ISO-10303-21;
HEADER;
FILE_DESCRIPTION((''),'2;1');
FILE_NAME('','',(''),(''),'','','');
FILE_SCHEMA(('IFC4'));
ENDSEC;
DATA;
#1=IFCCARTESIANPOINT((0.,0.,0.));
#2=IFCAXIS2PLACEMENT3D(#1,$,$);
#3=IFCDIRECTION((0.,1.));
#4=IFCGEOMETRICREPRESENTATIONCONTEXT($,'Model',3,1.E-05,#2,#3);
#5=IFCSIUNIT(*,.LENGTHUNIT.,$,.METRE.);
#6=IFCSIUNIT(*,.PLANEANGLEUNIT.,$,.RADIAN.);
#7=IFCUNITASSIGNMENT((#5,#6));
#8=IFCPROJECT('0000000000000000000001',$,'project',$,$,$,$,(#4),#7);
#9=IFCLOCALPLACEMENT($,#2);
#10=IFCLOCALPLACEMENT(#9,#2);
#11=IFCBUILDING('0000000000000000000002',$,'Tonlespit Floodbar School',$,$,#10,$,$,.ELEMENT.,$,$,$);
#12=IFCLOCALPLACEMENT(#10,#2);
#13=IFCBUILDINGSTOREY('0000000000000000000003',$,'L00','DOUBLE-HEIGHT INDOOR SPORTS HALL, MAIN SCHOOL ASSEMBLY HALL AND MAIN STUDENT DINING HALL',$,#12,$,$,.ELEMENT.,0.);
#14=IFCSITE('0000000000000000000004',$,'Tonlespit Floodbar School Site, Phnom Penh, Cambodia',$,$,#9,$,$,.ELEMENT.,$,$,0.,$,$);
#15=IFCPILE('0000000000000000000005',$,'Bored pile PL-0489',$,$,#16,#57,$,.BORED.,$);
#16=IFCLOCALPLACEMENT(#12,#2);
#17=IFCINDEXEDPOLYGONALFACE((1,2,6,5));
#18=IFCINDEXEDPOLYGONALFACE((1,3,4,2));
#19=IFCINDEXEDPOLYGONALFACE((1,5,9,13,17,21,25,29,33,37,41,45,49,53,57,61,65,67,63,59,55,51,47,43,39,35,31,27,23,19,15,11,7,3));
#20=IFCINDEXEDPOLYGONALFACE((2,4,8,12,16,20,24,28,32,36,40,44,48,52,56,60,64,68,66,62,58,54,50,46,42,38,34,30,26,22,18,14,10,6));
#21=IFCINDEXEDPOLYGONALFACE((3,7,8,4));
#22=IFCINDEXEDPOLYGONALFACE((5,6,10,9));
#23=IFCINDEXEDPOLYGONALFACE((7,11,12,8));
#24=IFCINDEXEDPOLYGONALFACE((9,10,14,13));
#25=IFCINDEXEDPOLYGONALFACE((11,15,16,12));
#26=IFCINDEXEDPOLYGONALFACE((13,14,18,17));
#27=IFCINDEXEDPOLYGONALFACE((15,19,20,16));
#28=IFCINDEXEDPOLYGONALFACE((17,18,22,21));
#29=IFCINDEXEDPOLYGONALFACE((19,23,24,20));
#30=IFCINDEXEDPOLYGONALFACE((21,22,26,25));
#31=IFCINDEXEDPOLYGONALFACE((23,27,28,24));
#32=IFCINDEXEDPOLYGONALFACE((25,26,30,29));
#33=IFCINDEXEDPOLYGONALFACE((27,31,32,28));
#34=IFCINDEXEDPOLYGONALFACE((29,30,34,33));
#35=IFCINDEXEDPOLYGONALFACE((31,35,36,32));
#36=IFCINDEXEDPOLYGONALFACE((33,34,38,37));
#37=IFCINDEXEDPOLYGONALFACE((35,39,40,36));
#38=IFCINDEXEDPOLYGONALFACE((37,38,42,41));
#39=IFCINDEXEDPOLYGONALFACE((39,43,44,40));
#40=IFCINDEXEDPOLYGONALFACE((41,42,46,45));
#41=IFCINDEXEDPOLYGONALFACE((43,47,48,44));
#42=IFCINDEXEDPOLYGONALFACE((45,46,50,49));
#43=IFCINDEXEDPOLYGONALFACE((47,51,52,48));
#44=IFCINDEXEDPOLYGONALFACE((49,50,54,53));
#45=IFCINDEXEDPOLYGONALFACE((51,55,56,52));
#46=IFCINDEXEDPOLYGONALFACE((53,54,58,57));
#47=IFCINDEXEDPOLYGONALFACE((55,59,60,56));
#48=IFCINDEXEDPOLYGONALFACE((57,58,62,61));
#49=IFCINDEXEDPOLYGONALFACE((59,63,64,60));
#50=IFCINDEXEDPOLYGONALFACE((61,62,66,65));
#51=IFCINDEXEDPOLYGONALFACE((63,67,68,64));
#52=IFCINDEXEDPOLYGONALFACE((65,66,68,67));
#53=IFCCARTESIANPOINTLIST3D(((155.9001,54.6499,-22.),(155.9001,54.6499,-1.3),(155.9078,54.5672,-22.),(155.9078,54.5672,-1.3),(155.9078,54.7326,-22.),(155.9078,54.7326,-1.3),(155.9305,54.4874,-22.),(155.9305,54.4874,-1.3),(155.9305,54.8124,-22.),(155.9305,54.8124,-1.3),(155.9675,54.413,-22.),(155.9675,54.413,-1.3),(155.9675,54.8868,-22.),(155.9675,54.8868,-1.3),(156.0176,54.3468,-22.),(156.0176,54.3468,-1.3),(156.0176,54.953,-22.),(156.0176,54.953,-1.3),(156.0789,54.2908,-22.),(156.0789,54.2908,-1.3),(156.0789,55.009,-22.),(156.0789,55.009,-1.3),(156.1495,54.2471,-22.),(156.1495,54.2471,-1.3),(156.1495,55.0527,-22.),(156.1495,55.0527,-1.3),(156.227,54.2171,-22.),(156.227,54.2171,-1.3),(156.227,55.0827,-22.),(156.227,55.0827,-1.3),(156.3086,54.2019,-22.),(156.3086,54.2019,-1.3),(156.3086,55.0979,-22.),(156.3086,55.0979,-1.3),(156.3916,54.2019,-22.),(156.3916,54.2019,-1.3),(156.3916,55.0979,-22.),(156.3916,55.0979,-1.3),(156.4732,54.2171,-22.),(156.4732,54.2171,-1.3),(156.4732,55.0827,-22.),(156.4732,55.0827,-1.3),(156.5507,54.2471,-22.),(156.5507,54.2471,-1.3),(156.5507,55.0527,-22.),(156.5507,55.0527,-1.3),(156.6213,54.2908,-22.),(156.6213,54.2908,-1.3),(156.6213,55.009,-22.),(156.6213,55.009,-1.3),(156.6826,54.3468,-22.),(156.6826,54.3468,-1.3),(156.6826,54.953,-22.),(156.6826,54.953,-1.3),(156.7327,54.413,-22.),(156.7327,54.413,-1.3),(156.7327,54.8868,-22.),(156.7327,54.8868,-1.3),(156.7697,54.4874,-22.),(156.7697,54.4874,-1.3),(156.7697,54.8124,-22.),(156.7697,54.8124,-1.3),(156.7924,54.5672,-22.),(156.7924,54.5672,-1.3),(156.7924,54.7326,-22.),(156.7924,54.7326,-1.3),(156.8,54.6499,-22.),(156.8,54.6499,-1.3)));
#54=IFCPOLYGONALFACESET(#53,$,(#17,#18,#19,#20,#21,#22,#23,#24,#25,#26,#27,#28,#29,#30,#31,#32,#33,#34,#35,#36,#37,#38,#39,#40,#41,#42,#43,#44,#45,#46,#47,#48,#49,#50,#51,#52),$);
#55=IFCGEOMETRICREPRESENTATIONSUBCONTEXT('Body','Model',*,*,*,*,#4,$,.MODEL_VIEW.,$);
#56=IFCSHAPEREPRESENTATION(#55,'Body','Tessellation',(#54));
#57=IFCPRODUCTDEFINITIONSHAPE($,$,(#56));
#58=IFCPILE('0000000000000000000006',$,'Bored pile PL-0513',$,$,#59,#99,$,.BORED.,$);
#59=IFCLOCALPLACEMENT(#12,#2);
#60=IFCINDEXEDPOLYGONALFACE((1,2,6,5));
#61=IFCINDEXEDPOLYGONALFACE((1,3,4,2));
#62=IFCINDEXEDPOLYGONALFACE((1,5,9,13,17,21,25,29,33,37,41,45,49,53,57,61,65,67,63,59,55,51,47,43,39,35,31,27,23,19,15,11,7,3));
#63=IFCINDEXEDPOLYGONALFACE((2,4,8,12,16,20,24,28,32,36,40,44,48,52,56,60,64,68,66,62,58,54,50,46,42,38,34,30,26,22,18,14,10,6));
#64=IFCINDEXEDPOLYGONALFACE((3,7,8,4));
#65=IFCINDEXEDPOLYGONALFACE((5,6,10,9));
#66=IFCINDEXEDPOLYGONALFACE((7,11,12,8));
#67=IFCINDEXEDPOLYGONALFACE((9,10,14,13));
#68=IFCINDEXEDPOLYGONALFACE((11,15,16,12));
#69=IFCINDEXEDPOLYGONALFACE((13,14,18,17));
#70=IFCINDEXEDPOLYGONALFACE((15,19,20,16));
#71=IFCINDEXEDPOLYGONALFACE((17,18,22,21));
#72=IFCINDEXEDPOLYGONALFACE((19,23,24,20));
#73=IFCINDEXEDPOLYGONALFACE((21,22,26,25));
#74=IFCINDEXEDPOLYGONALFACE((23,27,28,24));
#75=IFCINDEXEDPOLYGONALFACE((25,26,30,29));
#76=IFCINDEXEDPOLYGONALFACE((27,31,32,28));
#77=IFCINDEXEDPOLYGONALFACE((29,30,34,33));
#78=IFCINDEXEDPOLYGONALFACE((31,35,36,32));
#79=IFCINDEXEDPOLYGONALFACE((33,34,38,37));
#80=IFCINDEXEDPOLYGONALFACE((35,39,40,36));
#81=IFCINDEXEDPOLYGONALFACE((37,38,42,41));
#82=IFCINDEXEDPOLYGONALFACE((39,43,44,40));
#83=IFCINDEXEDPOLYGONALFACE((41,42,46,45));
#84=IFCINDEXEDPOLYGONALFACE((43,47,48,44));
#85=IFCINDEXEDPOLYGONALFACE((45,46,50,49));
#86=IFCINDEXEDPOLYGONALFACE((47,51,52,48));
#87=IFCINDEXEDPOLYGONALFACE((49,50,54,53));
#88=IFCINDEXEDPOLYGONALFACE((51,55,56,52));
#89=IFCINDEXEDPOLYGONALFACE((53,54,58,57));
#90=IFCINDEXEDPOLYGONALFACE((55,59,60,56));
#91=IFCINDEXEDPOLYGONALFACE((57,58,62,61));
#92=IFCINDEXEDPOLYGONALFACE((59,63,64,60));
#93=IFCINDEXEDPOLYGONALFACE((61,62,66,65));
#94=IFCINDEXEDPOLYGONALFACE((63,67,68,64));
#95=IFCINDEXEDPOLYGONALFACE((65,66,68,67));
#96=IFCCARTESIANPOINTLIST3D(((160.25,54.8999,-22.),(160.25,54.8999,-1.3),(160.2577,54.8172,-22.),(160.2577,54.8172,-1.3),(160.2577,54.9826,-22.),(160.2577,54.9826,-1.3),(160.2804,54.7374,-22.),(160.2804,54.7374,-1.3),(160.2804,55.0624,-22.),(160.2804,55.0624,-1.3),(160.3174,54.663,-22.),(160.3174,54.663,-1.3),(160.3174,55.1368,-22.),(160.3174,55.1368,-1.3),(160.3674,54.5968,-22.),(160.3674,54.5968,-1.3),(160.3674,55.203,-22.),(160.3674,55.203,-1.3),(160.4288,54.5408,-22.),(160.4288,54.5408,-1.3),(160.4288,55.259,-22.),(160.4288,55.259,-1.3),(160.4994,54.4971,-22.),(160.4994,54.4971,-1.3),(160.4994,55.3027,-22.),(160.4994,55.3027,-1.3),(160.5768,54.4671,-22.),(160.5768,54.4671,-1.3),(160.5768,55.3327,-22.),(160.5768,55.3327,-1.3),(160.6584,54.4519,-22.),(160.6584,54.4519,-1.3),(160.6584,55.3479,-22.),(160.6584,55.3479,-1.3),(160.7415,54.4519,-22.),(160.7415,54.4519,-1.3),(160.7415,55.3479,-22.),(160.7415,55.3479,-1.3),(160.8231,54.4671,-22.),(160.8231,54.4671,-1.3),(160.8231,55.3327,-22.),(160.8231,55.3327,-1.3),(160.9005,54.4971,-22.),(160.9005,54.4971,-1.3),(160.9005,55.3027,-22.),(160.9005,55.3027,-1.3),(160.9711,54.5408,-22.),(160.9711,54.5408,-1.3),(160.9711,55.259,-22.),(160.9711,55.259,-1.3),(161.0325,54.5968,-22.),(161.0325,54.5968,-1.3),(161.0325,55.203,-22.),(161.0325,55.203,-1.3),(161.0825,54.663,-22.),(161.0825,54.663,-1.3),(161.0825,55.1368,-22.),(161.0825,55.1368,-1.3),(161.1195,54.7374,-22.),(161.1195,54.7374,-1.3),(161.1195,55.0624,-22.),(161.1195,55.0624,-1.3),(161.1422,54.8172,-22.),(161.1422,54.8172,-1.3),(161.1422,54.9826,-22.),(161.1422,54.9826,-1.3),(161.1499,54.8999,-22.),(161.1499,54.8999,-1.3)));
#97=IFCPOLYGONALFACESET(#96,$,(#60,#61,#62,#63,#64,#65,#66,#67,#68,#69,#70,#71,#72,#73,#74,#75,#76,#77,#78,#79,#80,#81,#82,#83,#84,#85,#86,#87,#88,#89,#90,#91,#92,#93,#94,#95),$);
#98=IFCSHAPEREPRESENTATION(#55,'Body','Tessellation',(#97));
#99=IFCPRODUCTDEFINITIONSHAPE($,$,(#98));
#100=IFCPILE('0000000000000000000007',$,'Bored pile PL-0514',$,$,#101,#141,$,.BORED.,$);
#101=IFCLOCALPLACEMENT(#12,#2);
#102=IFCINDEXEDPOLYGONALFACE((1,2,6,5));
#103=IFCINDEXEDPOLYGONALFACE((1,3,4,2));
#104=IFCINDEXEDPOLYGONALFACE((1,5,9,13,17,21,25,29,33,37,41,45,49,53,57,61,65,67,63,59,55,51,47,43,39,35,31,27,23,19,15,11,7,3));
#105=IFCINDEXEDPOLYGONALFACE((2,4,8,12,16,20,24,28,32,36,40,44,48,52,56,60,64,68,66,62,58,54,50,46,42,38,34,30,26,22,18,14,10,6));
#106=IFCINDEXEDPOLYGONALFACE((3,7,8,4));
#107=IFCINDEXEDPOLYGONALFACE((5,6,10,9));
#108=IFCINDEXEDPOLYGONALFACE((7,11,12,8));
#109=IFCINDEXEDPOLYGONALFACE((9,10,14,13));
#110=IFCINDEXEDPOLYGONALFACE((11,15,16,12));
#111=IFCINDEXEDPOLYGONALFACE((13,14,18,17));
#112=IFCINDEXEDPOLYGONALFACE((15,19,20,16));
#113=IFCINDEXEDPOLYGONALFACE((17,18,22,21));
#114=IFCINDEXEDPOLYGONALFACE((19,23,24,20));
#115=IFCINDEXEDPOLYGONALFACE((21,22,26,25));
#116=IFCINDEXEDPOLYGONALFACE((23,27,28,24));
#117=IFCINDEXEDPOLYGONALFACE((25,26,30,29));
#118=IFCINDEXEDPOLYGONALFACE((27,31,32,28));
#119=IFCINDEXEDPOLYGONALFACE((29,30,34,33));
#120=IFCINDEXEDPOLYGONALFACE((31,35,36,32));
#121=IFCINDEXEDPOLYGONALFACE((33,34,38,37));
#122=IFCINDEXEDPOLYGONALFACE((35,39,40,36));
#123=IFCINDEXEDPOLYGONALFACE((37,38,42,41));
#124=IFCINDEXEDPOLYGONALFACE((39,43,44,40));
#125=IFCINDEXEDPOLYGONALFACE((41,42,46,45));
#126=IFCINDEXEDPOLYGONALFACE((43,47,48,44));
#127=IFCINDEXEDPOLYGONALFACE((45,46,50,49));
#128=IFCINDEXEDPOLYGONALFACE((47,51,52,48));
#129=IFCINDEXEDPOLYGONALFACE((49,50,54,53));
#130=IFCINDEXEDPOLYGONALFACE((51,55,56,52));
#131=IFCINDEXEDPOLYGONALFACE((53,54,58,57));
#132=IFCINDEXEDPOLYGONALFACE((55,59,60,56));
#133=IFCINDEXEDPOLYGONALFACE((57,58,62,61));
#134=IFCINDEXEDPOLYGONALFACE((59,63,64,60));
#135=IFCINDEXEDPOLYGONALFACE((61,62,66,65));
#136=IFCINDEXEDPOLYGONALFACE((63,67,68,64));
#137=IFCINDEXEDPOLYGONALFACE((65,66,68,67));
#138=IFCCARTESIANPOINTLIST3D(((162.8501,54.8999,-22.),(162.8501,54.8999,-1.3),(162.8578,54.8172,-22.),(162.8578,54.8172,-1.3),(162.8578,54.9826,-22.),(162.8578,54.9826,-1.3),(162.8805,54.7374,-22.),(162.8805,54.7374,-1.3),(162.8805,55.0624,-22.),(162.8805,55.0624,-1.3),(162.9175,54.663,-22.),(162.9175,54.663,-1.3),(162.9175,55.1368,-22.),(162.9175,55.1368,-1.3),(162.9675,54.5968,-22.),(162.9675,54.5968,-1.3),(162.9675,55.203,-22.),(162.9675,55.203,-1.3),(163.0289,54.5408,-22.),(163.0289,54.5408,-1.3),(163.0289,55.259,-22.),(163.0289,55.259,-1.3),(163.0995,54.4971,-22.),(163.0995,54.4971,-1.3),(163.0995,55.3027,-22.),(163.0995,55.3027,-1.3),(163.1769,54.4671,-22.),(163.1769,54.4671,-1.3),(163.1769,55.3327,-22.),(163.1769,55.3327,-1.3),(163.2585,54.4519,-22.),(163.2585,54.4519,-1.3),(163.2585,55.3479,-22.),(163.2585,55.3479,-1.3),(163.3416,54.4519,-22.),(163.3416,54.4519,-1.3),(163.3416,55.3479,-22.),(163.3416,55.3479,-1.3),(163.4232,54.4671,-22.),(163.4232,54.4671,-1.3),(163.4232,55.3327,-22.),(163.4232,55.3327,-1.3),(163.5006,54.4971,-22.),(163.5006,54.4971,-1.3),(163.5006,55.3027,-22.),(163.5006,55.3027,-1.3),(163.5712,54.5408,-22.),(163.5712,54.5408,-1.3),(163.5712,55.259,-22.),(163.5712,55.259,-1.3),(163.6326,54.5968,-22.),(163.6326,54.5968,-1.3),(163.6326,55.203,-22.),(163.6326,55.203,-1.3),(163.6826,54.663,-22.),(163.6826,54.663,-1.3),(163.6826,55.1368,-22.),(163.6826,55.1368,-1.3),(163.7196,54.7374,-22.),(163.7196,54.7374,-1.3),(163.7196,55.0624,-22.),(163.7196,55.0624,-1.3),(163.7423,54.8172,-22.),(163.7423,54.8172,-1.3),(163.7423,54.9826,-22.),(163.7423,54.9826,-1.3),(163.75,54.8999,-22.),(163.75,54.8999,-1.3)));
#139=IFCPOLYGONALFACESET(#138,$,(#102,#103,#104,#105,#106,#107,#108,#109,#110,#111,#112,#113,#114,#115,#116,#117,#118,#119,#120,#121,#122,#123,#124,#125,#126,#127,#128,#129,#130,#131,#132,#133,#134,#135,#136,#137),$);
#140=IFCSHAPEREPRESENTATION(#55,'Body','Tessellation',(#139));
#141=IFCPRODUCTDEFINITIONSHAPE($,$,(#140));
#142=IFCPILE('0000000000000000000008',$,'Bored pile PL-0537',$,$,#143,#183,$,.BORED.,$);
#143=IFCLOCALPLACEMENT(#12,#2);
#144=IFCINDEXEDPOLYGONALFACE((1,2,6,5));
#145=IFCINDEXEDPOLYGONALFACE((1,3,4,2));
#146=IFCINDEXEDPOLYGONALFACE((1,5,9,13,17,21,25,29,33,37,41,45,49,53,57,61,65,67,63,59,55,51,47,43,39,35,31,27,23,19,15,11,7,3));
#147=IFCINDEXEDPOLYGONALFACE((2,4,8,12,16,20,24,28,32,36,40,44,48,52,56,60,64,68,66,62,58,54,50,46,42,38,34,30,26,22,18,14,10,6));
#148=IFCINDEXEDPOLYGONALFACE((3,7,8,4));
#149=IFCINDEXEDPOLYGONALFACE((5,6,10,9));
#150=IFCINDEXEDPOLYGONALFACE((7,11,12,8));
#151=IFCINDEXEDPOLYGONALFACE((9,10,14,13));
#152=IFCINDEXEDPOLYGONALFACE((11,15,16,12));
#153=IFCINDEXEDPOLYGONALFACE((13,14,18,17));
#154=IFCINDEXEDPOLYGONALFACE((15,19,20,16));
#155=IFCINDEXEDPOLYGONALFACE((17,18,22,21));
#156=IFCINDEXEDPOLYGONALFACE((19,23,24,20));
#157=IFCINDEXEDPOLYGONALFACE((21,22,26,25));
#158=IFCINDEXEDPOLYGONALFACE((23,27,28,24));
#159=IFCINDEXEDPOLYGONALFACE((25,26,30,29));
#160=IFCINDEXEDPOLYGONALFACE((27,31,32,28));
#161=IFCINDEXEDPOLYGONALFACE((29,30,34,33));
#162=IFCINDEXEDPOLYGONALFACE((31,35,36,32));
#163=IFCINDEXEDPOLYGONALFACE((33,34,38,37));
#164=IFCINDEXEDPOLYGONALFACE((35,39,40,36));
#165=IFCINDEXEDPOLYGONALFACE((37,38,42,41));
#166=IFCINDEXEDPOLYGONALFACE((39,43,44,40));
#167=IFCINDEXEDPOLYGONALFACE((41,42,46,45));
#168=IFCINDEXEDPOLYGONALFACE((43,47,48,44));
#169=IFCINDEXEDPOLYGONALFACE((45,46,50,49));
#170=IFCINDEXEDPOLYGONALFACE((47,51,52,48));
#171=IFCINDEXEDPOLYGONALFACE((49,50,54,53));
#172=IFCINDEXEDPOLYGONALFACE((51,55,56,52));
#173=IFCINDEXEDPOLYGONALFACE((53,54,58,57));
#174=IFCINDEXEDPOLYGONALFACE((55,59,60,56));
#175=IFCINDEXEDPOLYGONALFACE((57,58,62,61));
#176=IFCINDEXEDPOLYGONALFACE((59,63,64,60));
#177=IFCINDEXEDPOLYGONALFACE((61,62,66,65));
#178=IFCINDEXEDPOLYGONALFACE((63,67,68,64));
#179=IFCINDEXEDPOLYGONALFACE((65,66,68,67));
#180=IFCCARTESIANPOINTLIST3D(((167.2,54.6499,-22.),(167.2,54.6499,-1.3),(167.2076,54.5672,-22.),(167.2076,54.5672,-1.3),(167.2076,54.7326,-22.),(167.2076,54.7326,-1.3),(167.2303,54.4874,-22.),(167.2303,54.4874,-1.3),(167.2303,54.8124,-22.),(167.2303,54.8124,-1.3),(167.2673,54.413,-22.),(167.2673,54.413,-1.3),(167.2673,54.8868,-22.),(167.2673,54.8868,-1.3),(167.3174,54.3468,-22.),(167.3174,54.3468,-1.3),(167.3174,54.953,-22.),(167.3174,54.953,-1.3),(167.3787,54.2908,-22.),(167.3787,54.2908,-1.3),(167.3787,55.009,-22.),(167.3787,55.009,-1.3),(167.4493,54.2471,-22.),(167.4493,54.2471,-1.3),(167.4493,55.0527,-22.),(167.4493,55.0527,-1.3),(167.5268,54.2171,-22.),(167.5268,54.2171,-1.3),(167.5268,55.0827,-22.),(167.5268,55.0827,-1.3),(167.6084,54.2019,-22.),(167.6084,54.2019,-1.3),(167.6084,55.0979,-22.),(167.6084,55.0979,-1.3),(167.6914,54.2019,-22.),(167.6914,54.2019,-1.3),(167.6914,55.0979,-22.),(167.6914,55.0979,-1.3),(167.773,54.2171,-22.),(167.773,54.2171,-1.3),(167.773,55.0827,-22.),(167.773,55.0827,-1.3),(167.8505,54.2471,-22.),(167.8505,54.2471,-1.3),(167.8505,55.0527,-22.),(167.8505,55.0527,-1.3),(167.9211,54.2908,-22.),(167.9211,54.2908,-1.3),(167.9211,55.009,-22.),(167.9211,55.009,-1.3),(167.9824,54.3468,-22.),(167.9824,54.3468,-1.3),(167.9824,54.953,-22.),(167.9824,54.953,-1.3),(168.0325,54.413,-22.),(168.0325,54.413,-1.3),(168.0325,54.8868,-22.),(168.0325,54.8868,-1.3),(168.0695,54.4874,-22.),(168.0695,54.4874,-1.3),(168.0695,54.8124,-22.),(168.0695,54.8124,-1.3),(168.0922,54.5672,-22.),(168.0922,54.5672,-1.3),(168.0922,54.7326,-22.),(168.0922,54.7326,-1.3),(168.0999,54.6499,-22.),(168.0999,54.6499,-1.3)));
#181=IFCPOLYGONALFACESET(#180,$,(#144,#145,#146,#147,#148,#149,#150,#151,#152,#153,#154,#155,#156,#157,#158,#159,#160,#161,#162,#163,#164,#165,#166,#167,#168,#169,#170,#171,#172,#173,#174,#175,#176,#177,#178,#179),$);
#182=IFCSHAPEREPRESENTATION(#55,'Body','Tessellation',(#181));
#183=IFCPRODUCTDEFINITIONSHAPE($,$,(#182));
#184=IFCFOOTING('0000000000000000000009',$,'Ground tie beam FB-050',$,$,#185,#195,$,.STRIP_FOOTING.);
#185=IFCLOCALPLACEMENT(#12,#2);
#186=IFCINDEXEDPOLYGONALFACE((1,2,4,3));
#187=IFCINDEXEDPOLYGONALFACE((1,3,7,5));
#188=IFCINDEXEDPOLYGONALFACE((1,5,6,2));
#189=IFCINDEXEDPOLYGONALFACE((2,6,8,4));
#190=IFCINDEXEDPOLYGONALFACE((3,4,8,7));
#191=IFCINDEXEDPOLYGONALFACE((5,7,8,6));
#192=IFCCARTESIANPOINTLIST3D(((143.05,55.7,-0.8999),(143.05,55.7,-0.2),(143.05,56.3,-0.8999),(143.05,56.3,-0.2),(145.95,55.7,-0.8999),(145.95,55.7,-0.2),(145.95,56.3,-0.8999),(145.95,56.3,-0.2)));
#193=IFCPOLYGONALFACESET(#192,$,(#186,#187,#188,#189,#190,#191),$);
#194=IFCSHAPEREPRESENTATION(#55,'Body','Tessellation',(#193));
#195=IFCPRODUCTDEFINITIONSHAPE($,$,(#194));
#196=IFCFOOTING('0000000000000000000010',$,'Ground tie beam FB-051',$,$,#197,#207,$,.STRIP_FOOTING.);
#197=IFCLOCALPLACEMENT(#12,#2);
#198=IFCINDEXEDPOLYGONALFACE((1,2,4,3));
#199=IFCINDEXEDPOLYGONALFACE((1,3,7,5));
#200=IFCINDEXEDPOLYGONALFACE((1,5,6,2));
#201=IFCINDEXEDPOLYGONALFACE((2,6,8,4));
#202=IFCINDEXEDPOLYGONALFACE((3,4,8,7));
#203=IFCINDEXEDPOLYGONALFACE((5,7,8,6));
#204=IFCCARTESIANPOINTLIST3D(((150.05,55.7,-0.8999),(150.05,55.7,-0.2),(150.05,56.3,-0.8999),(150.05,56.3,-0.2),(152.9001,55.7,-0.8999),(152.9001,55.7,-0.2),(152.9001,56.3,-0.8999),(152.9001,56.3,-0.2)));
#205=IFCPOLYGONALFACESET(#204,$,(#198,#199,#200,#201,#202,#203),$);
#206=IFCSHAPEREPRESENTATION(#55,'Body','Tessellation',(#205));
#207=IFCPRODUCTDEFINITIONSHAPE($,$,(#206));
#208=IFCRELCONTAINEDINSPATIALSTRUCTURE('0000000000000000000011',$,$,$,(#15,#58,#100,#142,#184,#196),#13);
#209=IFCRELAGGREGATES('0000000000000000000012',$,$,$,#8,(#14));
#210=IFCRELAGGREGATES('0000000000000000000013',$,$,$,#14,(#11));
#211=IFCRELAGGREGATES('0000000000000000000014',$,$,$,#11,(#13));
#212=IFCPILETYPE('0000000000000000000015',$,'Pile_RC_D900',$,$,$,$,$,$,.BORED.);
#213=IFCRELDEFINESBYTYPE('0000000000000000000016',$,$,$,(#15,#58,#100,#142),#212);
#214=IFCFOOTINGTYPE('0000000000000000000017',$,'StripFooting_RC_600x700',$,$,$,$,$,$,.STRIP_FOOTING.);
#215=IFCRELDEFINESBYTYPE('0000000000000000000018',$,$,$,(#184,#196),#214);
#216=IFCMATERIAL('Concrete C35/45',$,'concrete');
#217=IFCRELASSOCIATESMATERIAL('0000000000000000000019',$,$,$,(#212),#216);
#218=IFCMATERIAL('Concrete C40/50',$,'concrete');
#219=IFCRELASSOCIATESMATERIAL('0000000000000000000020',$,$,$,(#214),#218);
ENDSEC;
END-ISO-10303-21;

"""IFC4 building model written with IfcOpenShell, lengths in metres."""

from ifc_helpers import new_model, si_unit, direction, frame, origin, origin_2d, place, context, subcontext, project, spatial, rectangle, circle, extrude, material, material_profile, profile_set, type_object, element, save


model = new_model("IFC4")

# Units and contexts
model_context = context("Model", 3, precision=1e-05, world=origin(), true_north=direction((0.0, 1.0)))
body_context = subcontext(model_context, "Body", "Model", "MODEL_VIEW")
ifc_project = project(units=[si_unit("LENGTHUNIT", "METRE"), si_unit("PLANEANGLEUNIT", "RADIAN")], contexts=[model_context])

# Site, building, storey
site_placement = place(None, origin())
site = spatial("IfcSite", under=ifc_project, at=site_placement, Name="Tonlespit Floodbar School Site, Phnom Penh, Cambodia", CompositionType="ELEMENT", RefElevation=0.0)
building_placement = place(site_placement, origin())
building = spatial("IfcBuilding", under=site, at=building_placement, Name="Tonlespit Floodbar School", CompositionType="ELEMENT")
storey_placement = place(building_placement, origin())
storey = spatial("IfcBuildingStorey", under=building, at=storey_placement, Name="L00", Description="DOUBLE-HEIGHT INDOOR SPORTS HALL, MAIN SCHOOL ASSEMBLY HALL AND MAIN STUDENT DINING HALL", CompositionType="ELEMENT", Elevation=0.0)

# Shared definitions
ifc_material_1 = material(Name="Concrete C40/50", Category="concrete")

# Piles
ifc_material_2 = material(Name="Concrete C35/45", Category="concrete")
ifc_material_profile_1 = material_profile(ifc_material_2, circle(Radius=0.45, at=origin_2d()), Name="BP D900")
ifc_profile_set_1 = profile_set([ifc_material_profile_1], Name="Concrete C35/45")
pile_type = type_object("IfcPileType", Name="Pile_RC_D900", PredefinedType="BORED", material=ifc_profile_set_1)
for number, where, z_axis, x_axis, name in (
    (1, (156.3501, 54.6499, -1.3), (0.0, 0.0, -1.0), (1.0, 0.0, 0.0), "Bored pile PL-0489"),
    (2, (160.7, 54.8999, -1.3), (0.0, 0.0, -1.0), (1.0, 0.0, 0.0), "Bored pile PL-0513"),
    (3, (163.3, 54.8999, -1.3), (0.0, 0.0, -1.0), (1.0, 0.0, 0.0), "Bored pile PL-0514"),
    (4, (167.6499, 54.6499, -1.3), (0.0, 0.0, -1.0), (1.0, 0.0, 0.0), "Bored pile PL-0537"),
):
    element("IfcPile", number, at=place(storey_placement, frame(where, z_axis=z_axis, x_axis=x_axis)), inside=storey, type_object=pile_type, Name=name, PredefinedType="BORED", context=body_context, shape_type="SweptSolid", body=[
        extrude(circle(Radius=0.45, at=origin_2d()), origin(), (0.0, 0.0, 1.0), 20.7),
    ])

# Footings
footing_type_1 = type_object("IfcFootingType", Name="StripFooting_RC_600x700", PredefinedType="STRIP_FOOTING", material=ifc_material_1)
footing_placement = place(storey_placement, frame((144.5, 56.0, -0.8999), z_axis=(0.0, 0.0, 1.0), x_axis=(1.0, 0.0, 0.0)))
element("IfcFooting", 5, at=footing_placement, inside=storey, type_object=footing_type_1, Name="Ground tie beam FB-050", PredefinedType="STRIP_FOOTING", context=body_context, shape_type="SweptSolid", body=[
    extrude(rectangle(XDim=2.8999, YDim=0.6001, at=origin_2d()), origin(), (0.0, 0.0, 1.0), 0.7),
])
for number, where, z_axis, x_axis, name in (
    (6, (151.4751, 56.0, -0.8999), (0.0, 0.0, 1.0), (1.0, 0.0, 0.0), "Ground tie beam FB-051"),
):
    element("IfcFooting", number, at=place(storey_placement, frame(where, z_axis=z_axis, x_axis=x_axis)), inside=storey, type_object=footing_type_1, Name=name, PredefinedType="STRIP_FOOTING", context=body_context, shape_type="SweptSolid", body=[
        extrude(rectangle(XDim=2.8501, YDim=0.6001, at=origin_2d()), origin(), (0.0, 0.0, 1.0), 0.7),
    ])

save(model, "model.ifc")
